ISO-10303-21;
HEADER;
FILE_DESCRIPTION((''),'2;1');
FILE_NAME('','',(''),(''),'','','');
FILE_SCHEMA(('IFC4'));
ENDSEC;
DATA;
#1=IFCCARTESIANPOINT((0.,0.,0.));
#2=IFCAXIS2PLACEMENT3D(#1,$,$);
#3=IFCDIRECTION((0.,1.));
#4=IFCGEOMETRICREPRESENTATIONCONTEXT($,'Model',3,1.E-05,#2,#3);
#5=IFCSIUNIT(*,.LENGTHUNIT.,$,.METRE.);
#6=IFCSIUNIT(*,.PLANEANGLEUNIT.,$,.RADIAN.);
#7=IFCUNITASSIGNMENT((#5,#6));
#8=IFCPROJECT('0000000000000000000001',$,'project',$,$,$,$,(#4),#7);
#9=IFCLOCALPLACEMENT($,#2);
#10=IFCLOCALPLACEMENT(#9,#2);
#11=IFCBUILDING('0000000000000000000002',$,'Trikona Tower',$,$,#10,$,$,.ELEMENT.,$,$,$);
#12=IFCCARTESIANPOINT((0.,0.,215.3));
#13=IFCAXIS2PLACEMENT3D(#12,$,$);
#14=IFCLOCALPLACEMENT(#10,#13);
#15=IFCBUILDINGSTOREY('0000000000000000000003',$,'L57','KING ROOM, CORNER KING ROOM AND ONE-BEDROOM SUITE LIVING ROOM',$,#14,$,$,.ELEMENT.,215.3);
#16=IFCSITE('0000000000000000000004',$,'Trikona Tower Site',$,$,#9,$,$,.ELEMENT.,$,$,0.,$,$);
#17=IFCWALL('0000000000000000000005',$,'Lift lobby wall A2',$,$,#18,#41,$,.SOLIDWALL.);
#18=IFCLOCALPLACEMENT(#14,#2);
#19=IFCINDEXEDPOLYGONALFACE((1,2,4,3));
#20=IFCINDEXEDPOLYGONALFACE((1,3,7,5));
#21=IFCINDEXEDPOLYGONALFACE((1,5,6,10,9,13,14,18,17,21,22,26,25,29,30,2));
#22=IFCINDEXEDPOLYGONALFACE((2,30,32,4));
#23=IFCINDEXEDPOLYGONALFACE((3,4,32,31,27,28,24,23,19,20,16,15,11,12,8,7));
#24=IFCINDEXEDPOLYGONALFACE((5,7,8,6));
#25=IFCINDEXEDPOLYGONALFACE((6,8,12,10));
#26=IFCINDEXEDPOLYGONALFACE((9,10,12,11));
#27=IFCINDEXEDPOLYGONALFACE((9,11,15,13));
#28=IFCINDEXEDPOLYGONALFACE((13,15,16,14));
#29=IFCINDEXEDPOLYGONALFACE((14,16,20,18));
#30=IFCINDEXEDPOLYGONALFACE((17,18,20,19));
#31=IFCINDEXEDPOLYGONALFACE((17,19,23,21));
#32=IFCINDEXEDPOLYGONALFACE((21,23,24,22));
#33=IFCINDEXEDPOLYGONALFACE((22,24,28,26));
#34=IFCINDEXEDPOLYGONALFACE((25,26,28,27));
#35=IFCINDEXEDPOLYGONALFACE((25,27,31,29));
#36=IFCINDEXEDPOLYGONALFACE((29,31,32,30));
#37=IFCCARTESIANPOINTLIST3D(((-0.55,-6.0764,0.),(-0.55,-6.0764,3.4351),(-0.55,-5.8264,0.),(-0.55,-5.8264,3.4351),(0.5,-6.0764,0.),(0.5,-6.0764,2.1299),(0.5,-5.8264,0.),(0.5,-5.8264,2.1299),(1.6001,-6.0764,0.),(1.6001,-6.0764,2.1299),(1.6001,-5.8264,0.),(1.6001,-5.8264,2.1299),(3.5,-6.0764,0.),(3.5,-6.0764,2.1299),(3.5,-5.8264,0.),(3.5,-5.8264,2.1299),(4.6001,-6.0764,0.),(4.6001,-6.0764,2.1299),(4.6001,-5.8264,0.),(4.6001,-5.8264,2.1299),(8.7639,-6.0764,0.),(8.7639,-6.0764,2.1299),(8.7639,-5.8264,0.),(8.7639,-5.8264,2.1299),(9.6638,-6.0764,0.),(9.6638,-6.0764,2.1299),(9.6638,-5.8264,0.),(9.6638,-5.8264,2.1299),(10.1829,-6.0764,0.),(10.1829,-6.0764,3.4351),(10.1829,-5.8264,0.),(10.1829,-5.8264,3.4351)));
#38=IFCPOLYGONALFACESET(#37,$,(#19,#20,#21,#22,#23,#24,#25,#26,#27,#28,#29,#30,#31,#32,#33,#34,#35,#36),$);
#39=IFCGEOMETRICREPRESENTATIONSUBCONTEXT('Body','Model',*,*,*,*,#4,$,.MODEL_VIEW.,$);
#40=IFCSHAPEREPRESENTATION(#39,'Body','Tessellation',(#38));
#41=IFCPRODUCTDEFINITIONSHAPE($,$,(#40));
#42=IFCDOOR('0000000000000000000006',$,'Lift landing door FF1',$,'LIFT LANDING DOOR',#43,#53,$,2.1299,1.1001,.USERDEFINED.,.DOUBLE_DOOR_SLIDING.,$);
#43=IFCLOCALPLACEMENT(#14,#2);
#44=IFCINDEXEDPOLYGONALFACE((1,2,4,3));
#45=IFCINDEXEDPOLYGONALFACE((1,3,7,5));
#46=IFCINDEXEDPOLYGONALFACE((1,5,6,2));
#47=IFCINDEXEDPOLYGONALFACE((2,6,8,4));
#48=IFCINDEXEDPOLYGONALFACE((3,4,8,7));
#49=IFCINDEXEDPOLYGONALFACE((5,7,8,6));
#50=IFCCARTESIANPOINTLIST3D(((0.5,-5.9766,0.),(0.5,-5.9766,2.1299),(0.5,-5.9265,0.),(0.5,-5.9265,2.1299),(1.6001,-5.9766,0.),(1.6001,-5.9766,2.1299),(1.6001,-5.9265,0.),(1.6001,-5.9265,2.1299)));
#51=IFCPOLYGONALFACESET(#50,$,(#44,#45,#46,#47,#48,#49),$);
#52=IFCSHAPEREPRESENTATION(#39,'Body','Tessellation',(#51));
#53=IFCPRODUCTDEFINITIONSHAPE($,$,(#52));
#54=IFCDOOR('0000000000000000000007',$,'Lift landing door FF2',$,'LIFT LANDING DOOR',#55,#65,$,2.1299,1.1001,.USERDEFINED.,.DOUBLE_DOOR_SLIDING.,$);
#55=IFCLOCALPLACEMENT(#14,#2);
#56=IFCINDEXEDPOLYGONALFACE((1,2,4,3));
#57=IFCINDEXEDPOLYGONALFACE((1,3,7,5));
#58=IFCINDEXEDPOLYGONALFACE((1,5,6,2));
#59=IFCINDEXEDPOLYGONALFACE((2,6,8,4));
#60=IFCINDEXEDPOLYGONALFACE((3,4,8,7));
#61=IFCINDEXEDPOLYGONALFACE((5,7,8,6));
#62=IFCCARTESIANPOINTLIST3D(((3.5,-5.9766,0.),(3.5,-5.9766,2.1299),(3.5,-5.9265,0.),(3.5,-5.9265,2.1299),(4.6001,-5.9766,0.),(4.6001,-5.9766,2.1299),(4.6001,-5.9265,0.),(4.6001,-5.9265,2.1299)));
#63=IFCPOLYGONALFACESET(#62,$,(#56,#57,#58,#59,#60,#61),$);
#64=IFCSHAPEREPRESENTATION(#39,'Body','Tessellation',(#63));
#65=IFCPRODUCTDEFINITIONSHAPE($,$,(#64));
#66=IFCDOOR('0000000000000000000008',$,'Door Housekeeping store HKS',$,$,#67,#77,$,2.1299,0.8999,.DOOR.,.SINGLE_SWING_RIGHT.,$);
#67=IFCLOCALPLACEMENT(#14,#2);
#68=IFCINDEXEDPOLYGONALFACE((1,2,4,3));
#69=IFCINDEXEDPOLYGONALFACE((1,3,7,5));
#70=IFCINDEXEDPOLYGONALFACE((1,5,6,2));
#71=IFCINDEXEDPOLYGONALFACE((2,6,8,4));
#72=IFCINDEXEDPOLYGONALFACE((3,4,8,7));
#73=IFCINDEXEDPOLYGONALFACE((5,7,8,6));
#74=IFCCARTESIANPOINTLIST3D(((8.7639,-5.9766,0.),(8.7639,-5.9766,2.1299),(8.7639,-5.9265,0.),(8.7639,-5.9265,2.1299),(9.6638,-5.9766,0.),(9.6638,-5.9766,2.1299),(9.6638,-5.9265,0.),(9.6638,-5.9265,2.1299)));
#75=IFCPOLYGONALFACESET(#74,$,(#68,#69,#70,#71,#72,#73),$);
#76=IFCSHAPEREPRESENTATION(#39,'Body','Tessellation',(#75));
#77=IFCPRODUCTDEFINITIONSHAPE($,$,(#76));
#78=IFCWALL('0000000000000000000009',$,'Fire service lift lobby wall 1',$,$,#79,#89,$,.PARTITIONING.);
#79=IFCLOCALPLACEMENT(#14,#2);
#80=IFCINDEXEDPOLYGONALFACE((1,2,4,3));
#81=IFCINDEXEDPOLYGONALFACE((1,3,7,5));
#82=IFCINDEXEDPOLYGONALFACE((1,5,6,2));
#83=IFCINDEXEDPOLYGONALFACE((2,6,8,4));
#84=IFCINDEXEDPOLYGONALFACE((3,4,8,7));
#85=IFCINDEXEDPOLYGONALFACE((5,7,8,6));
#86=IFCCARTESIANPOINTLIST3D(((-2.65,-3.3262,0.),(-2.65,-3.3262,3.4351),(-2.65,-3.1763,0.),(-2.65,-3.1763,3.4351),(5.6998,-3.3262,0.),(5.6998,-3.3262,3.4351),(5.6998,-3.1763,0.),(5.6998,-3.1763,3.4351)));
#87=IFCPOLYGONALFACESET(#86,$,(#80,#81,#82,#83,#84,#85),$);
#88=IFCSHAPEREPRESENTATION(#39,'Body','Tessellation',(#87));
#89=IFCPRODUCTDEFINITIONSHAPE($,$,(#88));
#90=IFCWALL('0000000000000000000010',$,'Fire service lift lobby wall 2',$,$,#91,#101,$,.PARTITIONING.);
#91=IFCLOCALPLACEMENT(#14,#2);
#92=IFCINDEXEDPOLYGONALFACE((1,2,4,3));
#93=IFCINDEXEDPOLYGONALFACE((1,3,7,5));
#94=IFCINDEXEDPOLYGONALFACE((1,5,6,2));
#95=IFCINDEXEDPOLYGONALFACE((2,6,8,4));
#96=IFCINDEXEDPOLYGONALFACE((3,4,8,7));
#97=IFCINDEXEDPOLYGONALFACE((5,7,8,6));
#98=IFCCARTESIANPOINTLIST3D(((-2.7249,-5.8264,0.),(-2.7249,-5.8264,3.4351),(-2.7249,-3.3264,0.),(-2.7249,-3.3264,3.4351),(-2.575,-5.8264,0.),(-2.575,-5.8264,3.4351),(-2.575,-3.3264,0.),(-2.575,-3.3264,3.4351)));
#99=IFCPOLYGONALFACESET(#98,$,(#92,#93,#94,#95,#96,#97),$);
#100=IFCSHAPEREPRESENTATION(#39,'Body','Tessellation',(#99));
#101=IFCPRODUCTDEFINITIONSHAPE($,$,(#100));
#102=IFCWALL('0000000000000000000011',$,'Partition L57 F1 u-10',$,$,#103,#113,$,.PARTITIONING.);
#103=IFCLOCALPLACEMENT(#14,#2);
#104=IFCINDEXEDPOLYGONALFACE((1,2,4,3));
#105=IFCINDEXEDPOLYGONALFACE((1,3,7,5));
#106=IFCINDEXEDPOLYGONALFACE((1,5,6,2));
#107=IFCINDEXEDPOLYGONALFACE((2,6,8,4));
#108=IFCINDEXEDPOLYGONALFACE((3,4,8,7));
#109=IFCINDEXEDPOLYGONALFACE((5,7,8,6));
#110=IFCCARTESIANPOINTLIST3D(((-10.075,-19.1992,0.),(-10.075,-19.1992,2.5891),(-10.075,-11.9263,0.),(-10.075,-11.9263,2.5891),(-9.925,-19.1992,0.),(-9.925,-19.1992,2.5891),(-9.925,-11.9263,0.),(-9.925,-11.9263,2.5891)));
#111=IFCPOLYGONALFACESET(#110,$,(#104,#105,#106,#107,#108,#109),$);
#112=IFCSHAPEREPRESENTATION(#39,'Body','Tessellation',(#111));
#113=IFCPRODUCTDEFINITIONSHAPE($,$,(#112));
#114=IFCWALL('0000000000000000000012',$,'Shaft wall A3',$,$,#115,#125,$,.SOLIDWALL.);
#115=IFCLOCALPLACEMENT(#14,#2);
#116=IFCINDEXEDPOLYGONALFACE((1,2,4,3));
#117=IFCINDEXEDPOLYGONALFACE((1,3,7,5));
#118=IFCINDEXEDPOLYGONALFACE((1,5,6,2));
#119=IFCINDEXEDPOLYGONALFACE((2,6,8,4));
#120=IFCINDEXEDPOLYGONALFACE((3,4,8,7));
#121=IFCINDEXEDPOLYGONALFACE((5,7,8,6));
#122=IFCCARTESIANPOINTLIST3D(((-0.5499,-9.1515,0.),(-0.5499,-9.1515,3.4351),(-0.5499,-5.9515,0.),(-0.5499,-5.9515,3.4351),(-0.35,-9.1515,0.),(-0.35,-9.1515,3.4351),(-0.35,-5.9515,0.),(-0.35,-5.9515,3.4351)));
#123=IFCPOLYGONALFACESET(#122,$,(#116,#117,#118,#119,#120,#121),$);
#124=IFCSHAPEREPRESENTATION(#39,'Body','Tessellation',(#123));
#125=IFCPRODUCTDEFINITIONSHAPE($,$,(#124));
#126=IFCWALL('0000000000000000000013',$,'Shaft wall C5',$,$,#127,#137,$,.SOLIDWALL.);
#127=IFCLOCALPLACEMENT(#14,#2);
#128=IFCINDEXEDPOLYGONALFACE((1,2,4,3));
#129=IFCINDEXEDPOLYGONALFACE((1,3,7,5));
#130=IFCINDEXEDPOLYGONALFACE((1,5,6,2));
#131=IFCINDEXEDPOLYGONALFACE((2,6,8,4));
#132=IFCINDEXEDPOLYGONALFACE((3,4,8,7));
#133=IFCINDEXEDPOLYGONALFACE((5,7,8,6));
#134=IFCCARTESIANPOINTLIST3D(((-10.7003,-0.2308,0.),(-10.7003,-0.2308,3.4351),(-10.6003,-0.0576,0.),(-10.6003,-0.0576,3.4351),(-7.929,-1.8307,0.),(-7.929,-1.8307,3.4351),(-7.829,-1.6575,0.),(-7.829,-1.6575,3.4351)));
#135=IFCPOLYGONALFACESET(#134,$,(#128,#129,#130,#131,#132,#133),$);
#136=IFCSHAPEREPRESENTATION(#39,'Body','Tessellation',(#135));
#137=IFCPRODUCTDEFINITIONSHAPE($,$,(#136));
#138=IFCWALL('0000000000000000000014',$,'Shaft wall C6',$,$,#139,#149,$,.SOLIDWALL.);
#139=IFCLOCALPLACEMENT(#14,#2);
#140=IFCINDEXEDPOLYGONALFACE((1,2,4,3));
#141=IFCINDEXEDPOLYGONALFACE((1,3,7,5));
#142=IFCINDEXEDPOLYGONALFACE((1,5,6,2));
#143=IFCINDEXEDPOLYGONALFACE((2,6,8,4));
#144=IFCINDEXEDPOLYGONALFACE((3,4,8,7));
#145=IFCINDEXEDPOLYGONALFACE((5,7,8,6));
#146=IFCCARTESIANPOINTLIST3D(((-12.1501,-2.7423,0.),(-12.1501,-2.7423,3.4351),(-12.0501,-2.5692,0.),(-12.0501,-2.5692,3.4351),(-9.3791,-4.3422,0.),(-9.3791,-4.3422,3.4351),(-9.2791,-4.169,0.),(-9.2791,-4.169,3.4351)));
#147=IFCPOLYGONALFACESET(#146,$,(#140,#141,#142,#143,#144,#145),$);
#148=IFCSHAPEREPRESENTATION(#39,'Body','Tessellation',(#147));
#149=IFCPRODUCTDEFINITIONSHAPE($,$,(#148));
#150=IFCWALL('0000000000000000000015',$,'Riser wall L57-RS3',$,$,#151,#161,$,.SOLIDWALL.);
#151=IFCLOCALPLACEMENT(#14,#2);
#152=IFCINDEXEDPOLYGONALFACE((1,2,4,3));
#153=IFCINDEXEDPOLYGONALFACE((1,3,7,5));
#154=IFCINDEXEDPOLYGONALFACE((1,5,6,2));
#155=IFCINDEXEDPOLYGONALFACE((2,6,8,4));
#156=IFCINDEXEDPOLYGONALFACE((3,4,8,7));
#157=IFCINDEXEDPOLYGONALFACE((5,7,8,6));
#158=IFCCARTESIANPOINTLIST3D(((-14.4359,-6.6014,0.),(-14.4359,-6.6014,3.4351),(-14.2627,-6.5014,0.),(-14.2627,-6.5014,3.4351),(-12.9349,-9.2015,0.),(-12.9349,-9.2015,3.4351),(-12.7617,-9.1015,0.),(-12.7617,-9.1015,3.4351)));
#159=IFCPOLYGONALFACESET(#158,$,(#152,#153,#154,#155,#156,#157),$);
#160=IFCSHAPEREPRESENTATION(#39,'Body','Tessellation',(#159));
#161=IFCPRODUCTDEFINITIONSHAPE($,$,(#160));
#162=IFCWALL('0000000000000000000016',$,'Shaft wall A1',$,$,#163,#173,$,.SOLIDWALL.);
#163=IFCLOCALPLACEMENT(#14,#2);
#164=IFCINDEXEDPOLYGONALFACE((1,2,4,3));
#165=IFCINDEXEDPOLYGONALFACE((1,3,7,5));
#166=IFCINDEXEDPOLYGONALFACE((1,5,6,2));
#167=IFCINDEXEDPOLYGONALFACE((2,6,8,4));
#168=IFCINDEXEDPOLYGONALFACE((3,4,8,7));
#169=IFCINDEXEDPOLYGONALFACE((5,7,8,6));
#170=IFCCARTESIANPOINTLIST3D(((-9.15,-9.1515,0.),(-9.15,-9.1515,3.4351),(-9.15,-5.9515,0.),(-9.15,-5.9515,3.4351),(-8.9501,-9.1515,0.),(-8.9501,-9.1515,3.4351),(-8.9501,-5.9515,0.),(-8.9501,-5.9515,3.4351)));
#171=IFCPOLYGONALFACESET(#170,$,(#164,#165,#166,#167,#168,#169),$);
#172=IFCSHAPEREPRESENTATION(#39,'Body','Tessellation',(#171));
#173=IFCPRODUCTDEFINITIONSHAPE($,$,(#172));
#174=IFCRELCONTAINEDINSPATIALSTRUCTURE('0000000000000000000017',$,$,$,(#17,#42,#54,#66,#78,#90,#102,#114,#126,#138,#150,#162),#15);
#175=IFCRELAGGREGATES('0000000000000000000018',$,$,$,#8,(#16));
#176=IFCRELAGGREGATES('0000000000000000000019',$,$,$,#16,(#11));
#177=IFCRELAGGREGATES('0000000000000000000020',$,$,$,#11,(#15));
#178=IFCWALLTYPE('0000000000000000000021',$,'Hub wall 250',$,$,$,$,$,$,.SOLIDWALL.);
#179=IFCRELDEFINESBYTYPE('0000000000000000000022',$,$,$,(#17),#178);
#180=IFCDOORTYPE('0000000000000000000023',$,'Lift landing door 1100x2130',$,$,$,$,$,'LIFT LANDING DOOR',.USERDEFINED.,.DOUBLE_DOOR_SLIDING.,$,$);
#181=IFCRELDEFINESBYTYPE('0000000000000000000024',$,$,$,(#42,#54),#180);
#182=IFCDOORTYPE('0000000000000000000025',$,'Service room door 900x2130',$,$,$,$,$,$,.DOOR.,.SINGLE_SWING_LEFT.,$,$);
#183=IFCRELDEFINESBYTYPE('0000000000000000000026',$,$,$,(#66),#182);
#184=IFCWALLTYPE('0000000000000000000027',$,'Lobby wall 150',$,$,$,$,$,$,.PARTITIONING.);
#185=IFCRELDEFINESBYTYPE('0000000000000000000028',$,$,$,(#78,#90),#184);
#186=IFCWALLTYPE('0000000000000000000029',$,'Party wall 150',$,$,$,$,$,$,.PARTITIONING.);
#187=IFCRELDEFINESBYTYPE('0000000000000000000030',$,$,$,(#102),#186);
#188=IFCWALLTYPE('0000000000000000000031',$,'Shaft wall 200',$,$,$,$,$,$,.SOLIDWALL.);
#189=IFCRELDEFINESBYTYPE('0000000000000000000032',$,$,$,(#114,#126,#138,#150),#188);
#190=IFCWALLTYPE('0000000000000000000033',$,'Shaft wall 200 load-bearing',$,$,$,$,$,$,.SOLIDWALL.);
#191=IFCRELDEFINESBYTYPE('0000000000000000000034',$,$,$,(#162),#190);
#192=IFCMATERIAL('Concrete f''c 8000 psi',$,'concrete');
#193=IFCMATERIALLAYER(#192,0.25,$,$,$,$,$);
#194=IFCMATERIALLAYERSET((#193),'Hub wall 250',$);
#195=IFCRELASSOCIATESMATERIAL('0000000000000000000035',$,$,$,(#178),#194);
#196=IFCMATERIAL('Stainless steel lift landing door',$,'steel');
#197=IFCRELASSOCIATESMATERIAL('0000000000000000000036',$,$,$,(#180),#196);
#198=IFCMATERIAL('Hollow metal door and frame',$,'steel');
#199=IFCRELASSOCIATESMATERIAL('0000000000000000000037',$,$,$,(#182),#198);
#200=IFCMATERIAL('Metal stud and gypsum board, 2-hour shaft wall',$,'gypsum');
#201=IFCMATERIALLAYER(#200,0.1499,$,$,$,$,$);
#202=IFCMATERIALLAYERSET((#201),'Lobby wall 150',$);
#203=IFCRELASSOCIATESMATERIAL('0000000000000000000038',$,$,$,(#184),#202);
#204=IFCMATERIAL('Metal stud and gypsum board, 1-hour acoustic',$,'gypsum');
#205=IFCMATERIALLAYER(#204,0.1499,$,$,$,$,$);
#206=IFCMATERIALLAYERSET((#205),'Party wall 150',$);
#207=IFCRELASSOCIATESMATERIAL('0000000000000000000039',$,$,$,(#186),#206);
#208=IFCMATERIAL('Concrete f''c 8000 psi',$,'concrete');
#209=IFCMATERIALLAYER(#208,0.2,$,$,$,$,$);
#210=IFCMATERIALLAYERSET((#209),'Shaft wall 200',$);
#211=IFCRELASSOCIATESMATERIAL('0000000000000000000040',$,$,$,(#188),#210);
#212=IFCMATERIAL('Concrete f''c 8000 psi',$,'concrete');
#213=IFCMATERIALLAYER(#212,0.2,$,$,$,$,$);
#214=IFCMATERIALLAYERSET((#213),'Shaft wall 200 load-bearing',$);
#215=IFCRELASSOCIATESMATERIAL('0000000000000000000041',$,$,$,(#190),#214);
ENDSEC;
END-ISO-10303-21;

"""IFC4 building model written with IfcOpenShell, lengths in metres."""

from ifc_helpers import new_model, si_unit, direction, frame, frame_2d, origin, place, context, subcontext, project, spatial, rectangle, extrude, material, layer, layer_set, type_object, element, fill, save


model = new_model("IFC4")

# Units and contexts
model_context = context("Model", 3, precision=1e-05, world=origin(), true_north=direction((0.0, 1.0)))
body_context = subcontext(model_context, "Body", "Model", "MODEL_VIEW")
ifc_project = project(units=[si_unit("LENGTHUNIT", "METRE"), si_unit("PLANEANGLEUNIT", "RADIAN")], contexts=[model_context])

# Site, building, storey
site_placement = place(None, origin())
site = spatial("IfcSite", under=ifc_project, at=site_placement, Name="Trikona Tower Site", CompositionType="ELEMENT", RefElevation=0.0)
building_placement = place(site_placement, origin())
building = spatial("IfcBuilding", under=site, at=building_placement, Name="Trikona Tower", CompositionType="ELEMENT")
storey_placement = place(building_placement, frame((0.0, 0.0, 215.3)))
storey = spatial("IfcBuildingStorey", under=building, at=storey_placement, Name="L57", Description="KING ROOM, CORNER KING ROOM AND ONE-BEDROOM SUITE LIVING ROOM", CompositionType="ELEMENT", Elevation=215.3)

# Shared definitions
ifc_material_1 = material(Name="Concrete f'c 8000 psi", Category="concrete")
ifc_layer_1 = layer(ifc_material_1, 0.25)
ifc_layer_set_1 = layer_set([ifc_layer_1], Name="Hub wall 250")
wall_type_1 = type_object("IfcWallType", Name="Hub wall 250", PredefinedType="SOLIDWALL", material=ifc_layer_set_1)

# Wall, openings, doors
wall_1_placement = place(storey_placement, frame((-0.55, -5.9514, 0.0), z_axis=(0.0, 0.0, 1.0), x_axis=(1.0, 0.0, 0.0)))
wall_1 = element("IfcWall", 1, at=wall_1_placement, inside=storey, type_object=wall_type_1, Name="Lift lobby wall A2", PredefinedType="SOLIDWALL", context=body_context, shape_type="SweptSolid", body=[
    extrude(rectangle(XDim=10.7329, YDim=0.25, at=frame_2d((5.3665, 0.0))), origin(), (0.0, 0.0, 1.0), 3.4351),
])
opening_1_placement = place(wall_1_placement, frame((9.314, 0.0, 0.0)))
opening_1 = element("IfcOpeningElement", 2, at=opening_1_placement, cuts=wall_1, PredefinedType="OPENING", context=body_context, shape_type="SweptSolid", body=[
    extrude(rectangle(XDim=0.8999, YDim=2.1299, at=frame_2d((0.45, 1.0649))), frame((0.0, 0.135, 0.0), z_axis=(0.0, -1.0, 0.0), x_axis=(1.0, 0.0, 0.0)), (0.0, 0.0, 1.0), 0.27),
])
opening_2_placement = place(wall_1_placement, frame((1.05, 0.0, 0.0)))
opening_2 = element("IfcOpeningElement", 3, at=opening_2_placement, cuts=wall_1, PredefinedType="OPENING", context=body_context, shape_type="SweptSolid", body=[
    extrude(rectangle(XDim=1.1001, YDim=2.1299, at=frame_2d((0.55, 1.0649))), frame((0.0, 0.135, 0.0), z_axis=(0.0, -1.0, 0.0), x_axis=(1.0, 0.0, 0.0)), (0.0, 0.0, 1.0), 0.27),
])
opening_3_placement = place(wall_1_placement, frame((4.05, 0.0, 0.0)))
opening_3 = element("IfcOpeningElement", 4, at=opening_3_placement, cuts=wall_1, PredefinedType="OPENING", context=body_context, shape_type="SweptSolid", body=[
    extrude(rectangle(XDim=1.1001, YDim=2.1299, at=frame_2d((0.55, 1.0649))), frame((0.0, 0.135, 0.0), z_axis=(0.0, -1.0, 0.0), x_axis=(1.0, 0.0, 0.0)), (0.0, 0.0, 1.0), 0.27),
])
ifc_material_2 = material(Name="Stainless steel lift landing door", Category="steel")
door_type_1 = type_object("IfcDoorType", Name="Lift landing door 1100x2130", ElementType="LIFT LANDING DOOR", OperationType="DOUBLE_DOOR_SLIDING", PredefinedType="USERDEFINED", material=ifc_material_2)
door_1_placement = place(opening_2_placement, origin())
door_1 = element("IfcDoor", 5, at=door_1_placement, inside=storey, type_object=door_type_1, Name="Lift landing door FF1", ObjectType="LIFT LANDING DOOR", OperationType="DOUBLE_DOOR_SLIDING", OverallHeight=2.1299, OverallWidth=1.1001, PredefinedType="USERDEFINED", context=body_context, shape_type="SweptSolid", body=[
    extrude(rectangle(XDim=1.1001, YDim=2.1299, at=frame_2d((0.55, 1.0649))), frame((0.0, 0.0249, 0.0), z_axis=(0.0, -1.0, 0.0), x_axis=(1.0, 0.0, 0.0)), (0.0, 0.0, 1.0), 0.05),
])
fill(opening_2, door_1)
door_2_placement = place(opening_3_placement, origin())
door_2 = element("IfcDoor", 6, at=door_2_placement, inside=storey, type_object=door_type_1, Name="Lift landing door FF2", ObjectType="LIFT LANDING DOOR", OperationType="DOUBLE_DOOR_SLIDING", OverallHeight=2.1299, OverallWidth=1.1001, PredefinedType="USERDEFINED", context=body_context, shape_type="SweptSolid", body=[
    extrude(rectangle(XDim=1.1001, YDim=2.1299, at=frame_2d((0.55, 1.0649))), frame((0.0, 0.0249, 0.0), z_axis=(0.0, -1.0, 0.0), x_axis=(1.0, 0.0, 0.0)), (0.0, 0.0, 1.0), 0.05),
])
fill(opening_3, door_2)
ifc_material_3 = material(Name="Hollow metal door and frame", Category="steel")
door_type_2 = type_object("IfcDoorType", Name="Service room door 900x2130", OperationType="SINGLE_SWING_LEFT", PredefinedType="DOOR", material=ifc_material_3)
door_3_placement = place(opening_1_placement, origin())
door_3 = element("IfcDoor", 7, at=door_3_placement, inside=storey, type_object=door_type_2, Name="Door Housekeeping store HKS", OperationType="SINGLE_SWING_RIGHT", OverallHeight=2.1299, OverallWidth=0.8999, PredefinedType="DOOR", context=body_context, shape_type="SweptSolid", body=[
    extrude(rectangle(XDim=0.8999, YDim=2.1299, at=frame_2d((0.45, 1.0649))), frame((0.0, 0.0249, 0.0), z_axis=(0.0, -1.0, 0.0), x_axis=(1.0, 0.0, 0.0)), (0.0, 0.0, 1.0), 0.05),
])
fill(opening_1, door_3)

# Walls
ifc_material_4 = material(Name="Metal stud and gypsum board, 2-hour shaft wall", Category="gypsum")
ifc_layer_2 = layer(ifc_material_4, 0.1499)
ifc_layer_set_2 = layer_set([ifc_layer_2], Name="Lobby wall 150")
wall_type_2 = type_object("IfcWallType", Name="Lobby wall 150", PredefinedType="PARTITIONING", material=ifc_layer_set_2)
wall_2_placement = place(storey_placement, frame((-2.6499, -3.2512, 0.0), z_axis=(0.0, 0.0, 1.0), x_axis=(1.0, 0.0, 0.0)))
element("IfcWall", 8, at=wall_2_placement, inside=storey, type_object=wall_type_2, Name="Fire service lift lobby wall 1", PredefinedType="PARTITIONING", context=body_context, shape_type="SweptSolid", body=[
    extrude(rectangle(XDim=8.3499, YDim=0.1499, at=frame_2d((4.1748, 0.0))), origin(), (0.0, 0.0, 1.0), 3.4351),
])
wall_3_placement = place(storey_placement, frame((-2.6499, -5.8264, 0.0), z_axis=(0.0, 0.0, 1.0), x_axis=(0.0, 1.0, 0.0)))
element("IfcWall", 9, at=wall_3_placement, inside=storey, type_object=wall_type_2, Name="Fire service lift lobby wall 2", PredefinedType="PARTITIONING", context=body_context, shape_type="SweptSolid", body=[
    extrude(rectangle(XDim=2.5, YDim=0.1499, at=frame_2d((1.25, 0.0))), origin(), (0.0, 0.0, 1.0), 3.4351),
])
ifc_material_5 = material(Name="Metal stud and gypsum board, 1-hour acoustic", Category="gypsum")
ifc_layer_3 = layer(ifc_material_5, 0.1499)
ifc_layer_set_3 = layer_set([ifc_layer_3], Name="Party wall 150")
wall_type_3 = type_object("IfcWallType", Name="Party wall 150", PredefinedType="PARTITIONING", material=ifc_layer_set_3)
wall_4_placement = place(storey_placement, frame((-10.0, -11.9263, 0.0), z_axis=(0.0, 0.0, 1.0), x_axis=(0.0, -1.0, 0.0)))
element("IfcWall", 10, at=wall_4_placement, inside=storey, type_object=wall_type_3, Name="Partition L57 F1 u-10", PredefinedType="PARTITIONING", context=body_context, shape_type="SweptSolid", body=[
    extrude(rectangle(XDim=7.2729, YDim=0.1499, at=frame_2d((3.6365, 0.0))), origin(), (0.0, 0.0, 1.0), 2.5891),
])
ifc_material_6 = material(Name="Concrete f'c 8000 psi", Category="concrete")
ifc_layer_4 = layer(ifc_material_6, 0.2)
ifc_layer_set_4 = layer_set([ifc_layer_4], Name="Shaft wall 200")
wall_type_4 = type_object("IfcWallType", Name="Shaft wall 200", PredefinedType="SOLIDWALL", material=ifc_layer_set_4)
for number, where, z_axis, x_axis, name in (
    (11, (-0.45, -5.9514, 0.0), (0.0, 0.0, 1.0), (0.0, -1.0, 0.0), "Shaft wall A3"),
    (12, (-7.8789, -1.7441, 0.0), (0.0, 0.0, 1.0), (-0.866042, 0.499971, 0.0), "Shaft wall C5"),
):
    element("IfcWall", number, at=place(storey_placement, frame(where, z_axis=z_axis, x_axis=x_axis)), inside=storey, type_object=wall_type_4, Name=name, PredefinedType="SOLIDWALL", context=body_context, shape_type="SweptSolid", body=[
        extrude(rectangle(XDim=3.2, YDim=0.2, at=frame_2d((1.6001, 0.0))), origin(), (0.0, 0.0, 1.0), 3.4351),
    ])
wall_5_placement = place(storey_placement, frame((-9.3291, -4.2556, 0.0), z_axis=(0.0, 0.0, 1.0), x_axis=(-0.866023, 0.500004, 0.0)))
element("IfcWall", 13, at=wall_5_placement, inside=storey, type_object=wall_type_4, Name="Shaft wall C6", PredefinedType="SOLIDWALL", context=body_context, shape_type="SweptSolid", body=[
    extrude(rectangle(XDim=3.1997, YDim=0.2, at=frame_2d((1.5999, 0.0))), origin(), (0.0, 0.0, 1.0), 3.4351),
])
wall_6_placement = place(storey_placement, frame((-12.8484, -9.1514, 0.0), z_axis=(0.0, 0.0, 1.0), x_axis=(-0.499952, 0.866053, 0.0)))
element("IfcWall", 14, at=wall_6_placement, inside=storey, type_object=wall_type_4, Name="Riser wall L57-RS3", PredefinedType="SOLIDWALL", context=body_context, shape_type="SweptSolid", body=[
    extrude(rectangle(XDim=3.0022, YDim=0.2, at=frame_2d((1.501, 0.0))), origin(), (0.0, 0.0, 1.0), 3.4351),
])
ifc_material_7 = material(Name="Concrete f'c 8000 psi", Category="concrete")
ifc_layer_5 = layer(ifc_material_7, 0.2)
ifc_layer_set_5 = layer_set([ifc_layer_5], Name="Shaft wall 200 load-bearing")
wall_type_5 = type_object("IfcWallType", Name="Shaft wall 200 load-bearing", PredefinedType="SOLIDWALL", material=ifc_layer_set_5)
wall_7_placement = place(storey_placement, frame((-9.05, -5.9514, 0.0), z_axis=(0.0, 0.0, 1.0), x_axis=(0.0, -1.0, 0.0)))
element("IfcWall", 15, at=wall_7_placement, inside=storey, type_object=wall_type_5, Name="Shaft wall A1", PredefinedType="SOLIDWALL", context=body_context, shape_type="SweptSolid", body=[
    extrude(rectangle(XDim=3.2, YDim=0.2, at=frame_2d((1.6001, 0.0))), origin(), (0.0, 0.0, 1.0), 3.4351),
])

save(model, "model.ifc")
